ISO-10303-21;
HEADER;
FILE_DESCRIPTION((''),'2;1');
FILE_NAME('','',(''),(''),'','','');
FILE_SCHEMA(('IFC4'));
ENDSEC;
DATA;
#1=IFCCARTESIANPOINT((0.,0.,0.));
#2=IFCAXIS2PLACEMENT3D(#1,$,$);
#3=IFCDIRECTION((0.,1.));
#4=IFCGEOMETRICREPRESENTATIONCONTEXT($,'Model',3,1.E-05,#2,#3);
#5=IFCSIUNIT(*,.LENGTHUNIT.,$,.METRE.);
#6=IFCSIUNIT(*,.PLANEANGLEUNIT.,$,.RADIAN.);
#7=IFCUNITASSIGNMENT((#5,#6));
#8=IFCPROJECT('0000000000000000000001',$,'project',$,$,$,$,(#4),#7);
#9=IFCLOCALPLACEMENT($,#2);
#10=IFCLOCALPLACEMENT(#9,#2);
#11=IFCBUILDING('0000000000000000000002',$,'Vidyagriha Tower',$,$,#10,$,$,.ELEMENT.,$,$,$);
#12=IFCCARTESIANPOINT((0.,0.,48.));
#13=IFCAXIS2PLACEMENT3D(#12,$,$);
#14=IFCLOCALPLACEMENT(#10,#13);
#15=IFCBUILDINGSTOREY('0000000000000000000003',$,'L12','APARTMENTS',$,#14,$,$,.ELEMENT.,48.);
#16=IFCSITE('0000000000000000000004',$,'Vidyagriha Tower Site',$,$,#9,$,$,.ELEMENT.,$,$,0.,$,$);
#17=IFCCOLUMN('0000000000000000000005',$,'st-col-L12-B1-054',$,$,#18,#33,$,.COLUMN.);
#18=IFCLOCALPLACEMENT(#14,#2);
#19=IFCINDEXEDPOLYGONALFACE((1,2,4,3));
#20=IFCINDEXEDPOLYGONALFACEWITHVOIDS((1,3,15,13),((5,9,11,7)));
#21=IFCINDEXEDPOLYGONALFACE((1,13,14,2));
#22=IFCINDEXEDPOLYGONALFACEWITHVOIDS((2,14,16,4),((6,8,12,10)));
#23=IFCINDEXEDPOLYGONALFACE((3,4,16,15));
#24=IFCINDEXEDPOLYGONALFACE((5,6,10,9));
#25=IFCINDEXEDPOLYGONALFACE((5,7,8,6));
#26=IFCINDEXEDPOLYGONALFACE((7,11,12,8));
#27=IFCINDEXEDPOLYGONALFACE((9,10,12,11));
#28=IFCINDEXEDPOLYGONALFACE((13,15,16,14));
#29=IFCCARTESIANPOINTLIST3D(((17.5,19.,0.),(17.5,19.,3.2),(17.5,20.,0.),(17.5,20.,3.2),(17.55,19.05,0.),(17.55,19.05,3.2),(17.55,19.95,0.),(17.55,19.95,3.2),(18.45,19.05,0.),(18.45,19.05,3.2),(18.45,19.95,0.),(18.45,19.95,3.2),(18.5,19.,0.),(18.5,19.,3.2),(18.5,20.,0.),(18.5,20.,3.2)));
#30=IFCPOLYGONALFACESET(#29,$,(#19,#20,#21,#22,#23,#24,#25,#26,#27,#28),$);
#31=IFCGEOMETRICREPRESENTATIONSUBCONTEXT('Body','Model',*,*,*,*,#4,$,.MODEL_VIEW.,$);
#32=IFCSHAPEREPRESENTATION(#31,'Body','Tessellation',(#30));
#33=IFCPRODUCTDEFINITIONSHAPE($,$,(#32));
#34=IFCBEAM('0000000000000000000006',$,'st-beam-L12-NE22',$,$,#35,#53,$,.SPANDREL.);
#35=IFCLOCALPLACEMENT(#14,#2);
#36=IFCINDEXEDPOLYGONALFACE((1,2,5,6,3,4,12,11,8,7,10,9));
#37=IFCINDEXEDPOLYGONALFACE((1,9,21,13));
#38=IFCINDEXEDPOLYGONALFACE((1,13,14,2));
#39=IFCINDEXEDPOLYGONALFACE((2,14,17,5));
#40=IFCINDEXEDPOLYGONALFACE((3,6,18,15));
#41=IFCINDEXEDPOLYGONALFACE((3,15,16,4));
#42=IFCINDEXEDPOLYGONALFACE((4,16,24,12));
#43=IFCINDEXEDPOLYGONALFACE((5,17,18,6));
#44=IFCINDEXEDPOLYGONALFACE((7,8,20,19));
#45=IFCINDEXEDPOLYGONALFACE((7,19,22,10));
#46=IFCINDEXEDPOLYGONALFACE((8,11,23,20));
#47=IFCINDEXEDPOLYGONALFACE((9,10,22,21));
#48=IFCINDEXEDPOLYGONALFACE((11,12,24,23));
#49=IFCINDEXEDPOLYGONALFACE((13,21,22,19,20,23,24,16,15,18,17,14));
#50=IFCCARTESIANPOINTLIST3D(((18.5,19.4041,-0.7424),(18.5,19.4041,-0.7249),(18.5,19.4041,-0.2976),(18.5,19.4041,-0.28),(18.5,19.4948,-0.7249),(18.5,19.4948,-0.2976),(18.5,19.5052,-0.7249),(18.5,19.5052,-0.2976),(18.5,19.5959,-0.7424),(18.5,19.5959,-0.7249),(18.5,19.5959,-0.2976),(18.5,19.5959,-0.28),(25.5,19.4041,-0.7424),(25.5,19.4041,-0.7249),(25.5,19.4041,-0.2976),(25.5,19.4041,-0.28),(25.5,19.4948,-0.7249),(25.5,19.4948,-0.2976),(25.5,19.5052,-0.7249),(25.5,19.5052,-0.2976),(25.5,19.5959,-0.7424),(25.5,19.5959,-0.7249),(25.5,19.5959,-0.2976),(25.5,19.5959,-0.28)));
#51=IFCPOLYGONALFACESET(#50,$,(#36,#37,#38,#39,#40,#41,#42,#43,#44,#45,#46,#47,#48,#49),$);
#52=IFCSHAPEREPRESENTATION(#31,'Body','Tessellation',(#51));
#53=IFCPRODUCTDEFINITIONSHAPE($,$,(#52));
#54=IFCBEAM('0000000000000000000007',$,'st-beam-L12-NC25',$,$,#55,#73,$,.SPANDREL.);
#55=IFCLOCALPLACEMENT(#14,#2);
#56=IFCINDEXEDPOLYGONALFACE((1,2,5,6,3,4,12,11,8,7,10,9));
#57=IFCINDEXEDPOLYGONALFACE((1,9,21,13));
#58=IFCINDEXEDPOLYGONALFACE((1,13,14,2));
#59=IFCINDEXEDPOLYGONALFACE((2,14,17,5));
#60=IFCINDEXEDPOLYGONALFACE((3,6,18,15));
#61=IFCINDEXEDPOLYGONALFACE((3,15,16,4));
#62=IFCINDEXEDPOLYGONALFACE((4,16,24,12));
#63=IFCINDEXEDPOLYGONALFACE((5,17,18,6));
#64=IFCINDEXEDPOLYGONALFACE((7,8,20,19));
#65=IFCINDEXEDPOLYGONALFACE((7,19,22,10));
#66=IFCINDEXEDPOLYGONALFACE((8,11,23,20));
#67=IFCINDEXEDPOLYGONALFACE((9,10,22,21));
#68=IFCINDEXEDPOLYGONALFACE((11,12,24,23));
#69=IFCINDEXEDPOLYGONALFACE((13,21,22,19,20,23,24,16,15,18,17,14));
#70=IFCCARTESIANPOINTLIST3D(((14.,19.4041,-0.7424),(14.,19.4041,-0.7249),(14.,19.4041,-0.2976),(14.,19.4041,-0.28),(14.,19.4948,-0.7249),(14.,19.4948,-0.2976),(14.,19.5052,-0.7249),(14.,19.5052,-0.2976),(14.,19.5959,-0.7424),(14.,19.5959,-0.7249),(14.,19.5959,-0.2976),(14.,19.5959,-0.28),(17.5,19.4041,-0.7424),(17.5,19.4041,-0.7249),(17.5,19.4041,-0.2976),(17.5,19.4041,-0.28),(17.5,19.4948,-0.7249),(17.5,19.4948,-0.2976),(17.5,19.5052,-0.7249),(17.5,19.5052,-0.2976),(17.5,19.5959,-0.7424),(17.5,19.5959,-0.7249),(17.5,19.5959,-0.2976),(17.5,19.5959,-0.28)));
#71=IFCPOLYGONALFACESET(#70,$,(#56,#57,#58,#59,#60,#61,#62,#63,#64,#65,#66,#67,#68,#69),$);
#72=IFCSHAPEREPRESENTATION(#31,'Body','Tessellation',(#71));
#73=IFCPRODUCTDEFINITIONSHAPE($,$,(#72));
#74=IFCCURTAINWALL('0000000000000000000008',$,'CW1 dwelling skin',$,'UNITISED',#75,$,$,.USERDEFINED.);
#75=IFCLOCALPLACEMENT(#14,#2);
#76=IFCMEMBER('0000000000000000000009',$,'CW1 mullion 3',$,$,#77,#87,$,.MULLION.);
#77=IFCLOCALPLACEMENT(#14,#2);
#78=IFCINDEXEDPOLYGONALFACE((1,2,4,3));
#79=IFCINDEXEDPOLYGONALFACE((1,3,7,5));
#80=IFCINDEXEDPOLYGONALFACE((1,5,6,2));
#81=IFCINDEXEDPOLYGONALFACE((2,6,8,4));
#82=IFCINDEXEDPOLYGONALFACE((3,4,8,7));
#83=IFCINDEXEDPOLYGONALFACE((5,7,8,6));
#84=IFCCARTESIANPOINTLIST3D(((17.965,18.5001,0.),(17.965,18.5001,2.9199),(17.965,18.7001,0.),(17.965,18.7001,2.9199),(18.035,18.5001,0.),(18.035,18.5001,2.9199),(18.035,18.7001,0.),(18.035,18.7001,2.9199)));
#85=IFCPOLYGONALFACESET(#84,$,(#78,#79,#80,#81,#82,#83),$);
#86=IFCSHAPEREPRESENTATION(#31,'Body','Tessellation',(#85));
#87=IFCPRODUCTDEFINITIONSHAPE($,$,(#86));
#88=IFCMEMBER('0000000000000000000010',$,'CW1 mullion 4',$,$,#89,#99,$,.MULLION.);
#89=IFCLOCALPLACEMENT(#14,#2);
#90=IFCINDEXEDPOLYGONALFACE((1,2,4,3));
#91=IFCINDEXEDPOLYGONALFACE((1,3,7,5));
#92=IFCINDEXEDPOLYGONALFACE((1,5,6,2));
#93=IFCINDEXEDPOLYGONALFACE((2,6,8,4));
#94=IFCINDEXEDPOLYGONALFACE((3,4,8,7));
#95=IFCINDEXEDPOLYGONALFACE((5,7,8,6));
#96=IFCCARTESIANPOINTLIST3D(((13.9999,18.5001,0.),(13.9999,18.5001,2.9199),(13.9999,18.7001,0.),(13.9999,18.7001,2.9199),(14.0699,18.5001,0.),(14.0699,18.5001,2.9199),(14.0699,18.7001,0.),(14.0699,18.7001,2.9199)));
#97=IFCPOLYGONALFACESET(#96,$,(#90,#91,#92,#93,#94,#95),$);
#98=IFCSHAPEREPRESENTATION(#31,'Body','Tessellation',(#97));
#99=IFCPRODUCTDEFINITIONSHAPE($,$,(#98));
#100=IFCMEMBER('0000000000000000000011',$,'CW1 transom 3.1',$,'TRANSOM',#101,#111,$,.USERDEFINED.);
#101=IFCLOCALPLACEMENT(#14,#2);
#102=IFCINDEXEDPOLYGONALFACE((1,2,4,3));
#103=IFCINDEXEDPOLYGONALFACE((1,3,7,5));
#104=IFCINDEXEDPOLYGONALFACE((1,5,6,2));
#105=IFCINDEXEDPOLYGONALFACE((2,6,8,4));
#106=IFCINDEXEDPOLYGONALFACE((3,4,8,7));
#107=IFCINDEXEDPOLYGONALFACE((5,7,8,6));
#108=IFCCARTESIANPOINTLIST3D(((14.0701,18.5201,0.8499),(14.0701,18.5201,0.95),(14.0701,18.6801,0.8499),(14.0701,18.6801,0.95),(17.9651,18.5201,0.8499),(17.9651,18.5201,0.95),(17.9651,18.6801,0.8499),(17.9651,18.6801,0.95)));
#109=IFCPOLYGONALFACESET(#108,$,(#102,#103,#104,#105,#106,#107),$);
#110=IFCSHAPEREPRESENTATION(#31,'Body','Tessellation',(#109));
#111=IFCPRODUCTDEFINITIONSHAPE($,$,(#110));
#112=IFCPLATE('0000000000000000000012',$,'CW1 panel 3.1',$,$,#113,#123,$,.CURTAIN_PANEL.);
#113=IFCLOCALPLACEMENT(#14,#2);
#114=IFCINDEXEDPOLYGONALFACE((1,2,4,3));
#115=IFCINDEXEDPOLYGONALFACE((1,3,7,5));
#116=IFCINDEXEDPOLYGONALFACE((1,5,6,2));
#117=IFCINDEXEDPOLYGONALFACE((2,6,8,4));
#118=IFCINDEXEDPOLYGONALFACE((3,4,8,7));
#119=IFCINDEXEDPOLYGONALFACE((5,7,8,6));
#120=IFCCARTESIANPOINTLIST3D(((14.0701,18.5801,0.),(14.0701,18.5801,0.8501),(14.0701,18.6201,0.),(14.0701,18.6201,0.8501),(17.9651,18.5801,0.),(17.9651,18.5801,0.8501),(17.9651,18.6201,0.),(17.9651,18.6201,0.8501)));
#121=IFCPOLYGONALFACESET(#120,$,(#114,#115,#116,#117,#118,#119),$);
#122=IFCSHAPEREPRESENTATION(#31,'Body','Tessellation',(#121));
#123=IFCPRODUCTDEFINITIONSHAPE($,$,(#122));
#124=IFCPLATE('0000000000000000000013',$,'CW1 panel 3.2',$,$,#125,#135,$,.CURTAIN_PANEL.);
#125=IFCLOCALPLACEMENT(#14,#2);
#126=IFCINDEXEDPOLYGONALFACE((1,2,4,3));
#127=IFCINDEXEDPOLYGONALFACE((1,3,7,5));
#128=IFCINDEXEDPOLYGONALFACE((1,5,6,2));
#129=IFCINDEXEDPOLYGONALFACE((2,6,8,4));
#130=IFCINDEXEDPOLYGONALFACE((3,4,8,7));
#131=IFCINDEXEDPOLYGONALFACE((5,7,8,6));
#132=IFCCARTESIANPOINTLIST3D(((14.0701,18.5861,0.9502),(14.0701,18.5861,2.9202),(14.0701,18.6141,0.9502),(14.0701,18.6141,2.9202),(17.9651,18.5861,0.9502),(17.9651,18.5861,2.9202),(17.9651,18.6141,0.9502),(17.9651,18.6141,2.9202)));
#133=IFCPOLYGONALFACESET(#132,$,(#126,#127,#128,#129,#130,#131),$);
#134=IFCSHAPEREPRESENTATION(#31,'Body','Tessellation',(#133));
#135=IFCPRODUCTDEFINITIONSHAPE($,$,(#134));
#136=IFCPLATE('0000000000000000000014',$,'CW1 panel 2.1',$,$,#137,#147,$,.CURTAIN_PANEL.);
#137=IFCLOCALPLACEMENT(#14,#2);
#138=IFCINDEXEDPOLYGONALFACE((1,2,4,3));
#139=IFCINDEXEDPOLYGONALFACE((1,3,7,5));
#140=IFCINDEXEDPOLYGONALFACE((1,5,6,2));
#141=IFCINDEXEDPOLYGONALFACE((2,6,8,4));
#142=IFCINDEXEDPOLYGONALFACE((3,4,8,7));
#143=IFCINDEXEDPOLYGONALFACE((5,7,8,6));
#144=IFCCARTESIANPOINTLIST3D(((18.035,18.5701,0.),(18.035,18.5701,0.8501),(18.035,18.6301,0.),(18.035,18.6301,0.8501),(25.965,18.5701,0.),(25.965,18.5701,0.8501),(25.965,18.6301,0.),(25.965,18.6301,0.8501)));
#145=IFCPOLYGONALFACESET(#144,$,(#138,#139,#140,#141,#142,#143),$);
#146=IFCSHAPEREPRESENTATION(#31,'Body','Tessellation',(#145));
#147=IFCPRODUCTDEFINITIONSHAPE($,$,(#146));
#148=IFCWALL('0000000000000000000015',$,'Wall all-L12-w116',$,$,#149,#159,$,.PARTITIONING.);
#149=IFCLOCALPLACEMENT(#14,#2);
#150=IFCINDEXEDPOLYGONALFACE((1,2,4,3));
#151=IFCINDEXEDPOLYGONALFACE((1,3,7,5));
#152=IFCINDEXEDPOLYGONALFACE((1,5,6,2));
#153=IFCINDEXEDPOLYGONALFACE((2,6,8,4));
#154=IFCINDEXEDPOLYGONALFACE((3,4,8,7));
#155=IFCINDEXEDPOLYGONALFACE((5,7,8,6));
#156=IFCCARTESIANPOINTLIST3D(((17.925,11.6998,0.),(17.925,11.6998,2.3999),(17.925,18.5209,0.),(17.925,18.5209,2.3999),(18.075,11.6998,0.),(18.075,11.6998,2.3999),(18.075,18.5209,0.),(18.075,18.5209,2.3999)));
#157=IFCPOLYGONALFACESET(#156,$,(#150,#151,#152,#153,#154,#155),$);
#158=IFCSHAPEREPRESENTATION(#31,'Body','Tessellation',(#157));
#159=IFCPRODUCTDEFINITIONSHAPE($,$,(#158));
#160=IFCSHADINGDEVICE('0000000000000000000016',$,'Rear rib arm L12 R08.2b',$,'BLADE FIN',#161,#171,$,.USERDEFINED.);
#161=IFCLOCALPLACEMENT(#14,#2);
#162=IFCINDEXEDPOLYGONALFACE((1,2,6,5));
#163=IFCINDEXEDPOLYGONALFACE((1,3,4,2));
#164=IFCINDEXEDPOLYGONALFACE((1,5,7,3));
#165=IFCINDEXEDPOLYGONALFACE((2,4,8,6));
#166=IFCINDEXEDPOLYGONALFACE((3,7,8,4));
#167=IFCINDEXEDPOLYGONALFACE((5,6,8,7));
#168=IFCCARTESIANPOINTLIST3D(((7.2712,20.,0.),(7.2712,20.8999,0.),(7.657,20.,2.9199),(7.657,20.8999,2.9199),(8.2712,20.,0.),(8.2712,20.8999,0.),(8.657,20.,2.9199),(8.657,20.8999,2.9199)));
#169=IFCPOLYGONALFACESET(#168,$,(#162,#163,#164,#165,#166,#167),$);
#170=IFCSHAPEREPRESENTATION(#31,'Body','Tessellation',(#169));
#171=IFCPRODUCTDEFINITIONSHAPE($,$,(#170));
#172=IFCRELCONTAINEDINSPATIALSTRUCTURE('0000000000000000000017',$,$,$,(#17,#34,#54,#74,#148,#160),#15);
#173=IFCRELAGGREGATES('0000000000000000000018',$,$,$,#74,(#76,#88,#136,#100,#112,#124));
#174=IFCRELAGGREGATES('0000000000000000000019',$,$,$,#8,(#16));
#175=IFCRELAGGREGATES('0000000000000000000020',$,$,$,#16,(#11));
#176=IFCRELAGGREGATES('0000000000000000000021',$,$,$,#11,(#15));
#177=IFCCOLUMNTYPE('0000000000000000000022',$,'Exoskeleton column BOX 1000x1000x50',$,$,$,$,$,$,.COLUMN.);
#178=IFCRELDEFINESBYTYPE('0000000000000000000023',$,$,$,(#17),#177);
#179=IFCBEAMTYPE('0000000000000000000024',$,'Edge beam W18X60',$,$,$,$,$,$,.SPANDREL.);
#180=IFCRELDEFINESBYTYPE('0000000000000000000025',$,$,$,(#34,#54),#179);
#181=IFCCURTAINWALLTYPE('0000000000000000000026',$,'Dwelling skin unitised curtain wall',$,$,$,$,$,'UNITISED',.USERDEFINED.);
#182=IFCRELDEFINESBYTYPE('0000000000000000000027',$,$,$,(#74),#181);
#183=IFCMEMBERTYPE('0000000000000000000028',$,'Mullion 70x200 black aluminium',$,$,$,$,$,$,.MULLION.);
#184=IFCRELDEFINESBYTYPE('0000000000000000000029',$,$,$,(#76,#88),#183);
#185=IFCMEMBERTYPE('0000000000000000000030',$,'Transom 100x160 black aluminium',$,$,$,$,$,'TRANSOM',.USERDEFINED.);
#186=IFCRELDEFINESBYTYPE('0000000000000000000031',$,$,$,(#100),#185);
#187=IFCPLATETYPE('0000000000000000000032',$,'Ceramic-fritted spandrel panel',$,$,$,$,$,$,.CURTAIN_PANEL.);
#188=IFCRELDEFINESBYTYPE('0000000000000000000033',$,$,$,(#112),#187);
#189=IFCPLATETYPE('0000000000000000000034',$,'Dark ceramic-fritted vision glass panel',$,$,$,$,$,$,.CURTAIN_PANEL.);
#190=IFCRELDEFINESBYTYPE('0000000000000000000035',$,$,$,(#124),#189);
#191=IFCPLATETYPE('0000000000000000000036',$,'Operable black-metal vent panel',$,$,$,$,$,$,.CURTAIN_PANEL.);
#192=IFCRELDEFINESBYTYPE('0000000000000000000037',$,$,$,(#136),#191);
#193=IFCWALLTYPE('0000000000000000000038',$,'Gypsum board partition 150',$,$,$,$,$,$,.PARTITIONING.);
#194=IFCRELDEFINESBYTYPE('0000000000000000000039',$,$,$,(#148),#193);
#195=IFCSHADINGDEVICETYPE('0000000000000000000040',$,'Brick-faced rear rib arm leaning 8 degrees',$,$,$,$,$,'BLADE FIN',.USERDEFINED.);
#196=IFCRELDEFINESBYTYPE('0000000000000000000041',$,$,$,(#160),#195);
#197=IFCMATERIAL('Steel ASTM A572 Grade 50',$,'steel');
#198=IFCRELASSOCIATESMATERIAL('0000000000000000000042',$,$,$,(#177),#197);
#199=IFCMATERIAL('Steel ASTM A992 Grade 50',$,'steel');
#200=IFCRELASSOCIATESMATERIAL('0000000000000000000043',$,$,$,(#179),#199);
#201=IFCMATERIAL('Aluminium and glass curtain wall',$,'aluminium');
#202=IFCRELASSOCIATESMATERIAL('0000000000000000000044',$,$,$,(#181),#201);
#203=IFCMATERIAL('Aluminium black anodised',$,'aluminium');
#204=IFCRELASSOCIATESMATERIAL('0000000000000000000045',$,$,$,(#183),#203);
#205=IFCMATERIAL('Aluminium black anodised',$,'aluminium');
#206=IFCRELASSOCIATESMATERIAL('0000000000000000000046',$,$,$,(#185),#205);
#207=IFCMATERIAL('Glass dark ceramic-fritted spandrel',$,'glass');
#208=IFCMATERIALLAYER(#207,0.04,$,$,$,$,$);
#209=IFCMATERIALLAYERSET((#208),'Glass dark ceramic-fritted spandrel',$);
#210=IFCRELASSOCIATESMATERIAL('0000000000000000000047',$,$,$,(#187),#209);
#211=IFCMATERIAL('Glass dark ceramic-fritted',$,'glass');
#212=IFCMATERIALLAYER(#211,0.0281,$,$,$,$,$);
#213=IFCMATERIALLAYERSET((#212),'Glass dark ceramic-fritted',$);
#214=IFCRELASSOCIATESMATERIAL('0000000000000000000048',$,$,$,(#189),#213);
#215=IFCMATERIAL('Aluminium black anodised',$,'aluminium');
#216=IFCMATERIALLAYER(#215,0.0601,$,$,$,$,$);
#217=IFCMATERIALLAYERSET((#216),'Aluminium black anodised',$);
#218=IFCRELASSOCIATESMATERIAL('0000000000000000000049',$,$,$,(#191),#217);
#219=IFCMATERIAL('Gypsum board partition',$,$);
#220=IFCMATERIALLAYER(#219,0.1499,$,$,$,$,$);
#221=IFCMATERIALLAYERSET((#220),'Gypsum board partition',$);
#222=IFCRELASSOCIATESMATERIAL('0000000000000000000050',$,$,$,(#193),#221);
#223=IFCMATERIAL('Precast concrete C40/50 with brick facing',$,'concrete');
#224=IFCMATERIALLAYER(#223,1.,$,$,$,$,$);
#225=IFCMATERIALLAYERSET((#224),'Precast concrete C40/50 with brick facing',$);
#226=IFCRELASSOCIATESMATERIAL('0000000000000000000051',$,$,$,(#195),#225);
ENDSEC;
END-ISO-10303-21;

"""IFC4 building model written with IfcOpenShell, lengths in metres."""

from ifc_helpers import new_model, si_unit, direction, frame, frame_2d, origin, origin_2d, place, context, subcontext, project, spatial, polyline, rectangle, hollow_rectangle, i_section, outline, extrude, material, layer, layer_set, material_profile, profile_set, type_object, element, aggregate, save


model = new_model("IFC4")

# Units and contexts
model_context = context("Model", 3, precision=1e-05, world=origin(), true_north=direction((0.0, 1.0)))
body_context = subcontext(model_context, "Body", "Model", "MODEL_VIEW")
ifc_project = project(units=[si_unit("LENGTHUNIT", "METRE"), si_unit("PLANEANGLEUNIT", "RADIAN")], contexts=[model_context])

# Site, building, storey
site_placement = place(None, origin())
site = spatial("IfcSite", under=ifc_project, at=site_placement, Name="Vidyagriha Tower Site", CompositionType="ELEMENT", RefElevation=0.0)
building_placement = place(site_placement, origin())
building = spatial("IfcBuilding", under=site, at=building_placement, Name="Vidyagriha Tower", CompositionType="ELEMENT")
storey_placement = place(building_placement, frame((0.0, 0.0, 48.0)))
storey = spatial("IfcBuildingStorey", under=building, at=storey_placement, Name="L12", Description="APARTMENTS", CompositionType="ELEMENT", Elevation=48.0)

# Column
ifc_material_1 = material(Name="Steel ASTM A572 Grade 50", Category="steel")
ifc_material_profile_1 = material_profile(ifc_material_1, hollow_rectangle(XDim=1.0, YDim=1.0, WallThickness=0.05, at=origin_2d()), Name="BOX 1000x1000x50")
ifc_profile_set_1 = profile_set([ifc_material_profile_1], Name="Steel ASTM A572 Grade 50")
column_type = type_object("IfcColumnType", Name="Exoskeleton column BOX 1000x1000x50", PredefinedType="COLUMN", material=ifc_profile_set_1)
column_placement = place(storey_placement, frame((18.0, 19.5, 0.0)))
element("IfcColumn", 1, at=column_placement, inside=storey, type_object=column_type, Name="st-col-L12-B1-054", PredefinedType="COLUMN", context=body_context, shape_type="SweptSolid", body=[
    extrude(hollow_rectangle(XDim=1.0, YDim=1.0, WallThickness=0.05, at=origin_2d()), origin(), (0.0, 0.0, 1.0), 3.2),
])

# Beams
ifc_material_2 = material(Name="Steel ASTM A992 Grade 50", Category="steel")
ifc_material_profile_2 = material_profile(ifc_material_2, i_section(OverallWidth=0.1919, OverallDepth=0.4624, WebThickness=0.0105, FlangeThickness=0.0176, at=origin_2d()), Name="W18X60")
ifc_profile_set_2 = profile_set([ifc_material_profile_2], Name="Steel ASTM A992 Grade 50")
beam_type = type_object("IfcBeamType", Name="Edge beam W18X60", PredefinedType="SPANDREL", material=ifc_profile_set_2)
beam_1_placement = place(storey_placement, frame((18.5, 19.5, -0.5112), z_axis=(1.0, 0.0, 0.0), x_axis=(0.0, 1.0, 0.0)))
element("IfcBeam", 2, at=beam_1_placement, inside=storey, type_object=beam_type, Name="st-beam-L12-NE22", PredefinedType="SPANDREL", context=body_context, shape_type="SweptSolid", body=[
    extrude(i_section(OverallWidth=0.1919, OverallDepth=0.4624, WebThickness=0.0105, FlangeThickness=0.0176, at=origin_2d()), origin(), (0.0, 0.0, 1.0), 7.0),
])
beam_2_placement = place(storey_placement, frame((14.0, 19.5, -0.5112), z_axis=(1.0, 0.0, 0.0), x_axis=(0.0, 1.0, 0.0)))
element("IfcBeam", 3, at=beam_2_placement, inside=storey, type_object=beam_type, Name="st-beam-L12-NC25", PredefinedType="SPANDREL", context=body_context, shape_type="SweptSolid", body=[
    extrude(i_section(OverallWidth=0.1919, OverallDepth=0.4624, WebThickness=0.0105, FlangeThickness=0.0176, at=origin_2d()), origin(), (0.0, 0.0, 1.0), 3.5),
])

# Curtain wall, members, plates
ifc_material_3 = material(Name="Aluminium and glass curtain wall", Category="aluminium")
curtain_wall_type = type_object("IfcCurtainWallType", Name="Dwelling skin unitised curtain wall", ElementType="UNITISED", PredefinedType="USERDEFINED", material=ifc_material_3)
curtain_wall_placement = place(storey_placement, origin())
curtain_wall = element("IfcCurtainWall", 4, at=curtain_wall_placement, inside=storey, type_object=curtain_wall_type, Name="CW1 dwelling skin", ObjectType="UNITISED", PredefinedType="USERDEFINED")
ifc_material_4 = material(Name="Aluminium black anodised", Category="aluminium")
ifc_material_profile_3 = material_profile(ifc_material_4, rectangle(XDim=0.2, YDim=0.0701, at=origin_2d()), Name="Mullion 70x200 black aluminium")
ifc_profile_set_3 = profile_set([ifc_material_profile_3], Name="Aluminium black anodised")
member_type_1 = type_object("IfcMemberType", Name="Mullion 70x200 black aluminium", PredefinedType="MULLION", material=ifc_profile_set_3)
member_1_placement = place(storey_placement, frame((18.0, 18.6001, 0.0), z_axis=(0.0, 0.0, 1.0), x_axis=(0.0, -1.0, 0.0)))
member_1 = element("IfcMember", 5, at=member_1_placement, type_object=member_type_1, Name="CW1 mullion 3", PredefinedType="MULLION", context=body_context, shape_type="SweptSolid", body=[
    extrude(rectangle(XDim=0.2, YDim=0.0701, at=origin_2d()), origin(), (0.0, 0.0, 1.0), 2.9199),
])
member_2_placement = place(storey_placement, frame((14.0349, 18.6001, 0.0), z_axis=(0.0, 0.0, 1.0), x_axis=(0.0, -1.0, 0.0)))
member_2 = element("IfcMember", 6, at=member_2_placement, type_object=member_type_1, Name="CW1 mullion 4", PredefinedType="MULLION", context=body_context, shape_type="SweptSolid", body=[
    extrude(rectangle(XDim=0.2, YDim=0.0701, at=origin_2d()), origin(), (0.0, 0.0, 1.0), 2.9199),
])
ifc_material_5 = material(Name="Aluminium black anodised", Category="aluminium")
ifc_material_profile_4 = material_profile(ifc_material_5, rectangle(XDim=0.1599, YDim=0.1001, at=origin_2d()), Name="Transom 100x160 black aluminium")
ifc_profile_set_4 = profile_set([ifc_material_profile_4], Name="Aluminium black anodised")
member_type_2 = type_object("IfcMemberType", Name="Transom 100x160 black aluminium", ElementType="TRANSOM", PredefinedType="USERDEFINED", material=ifc_profile_set_4)
member_3_placement = place(storey_placement, frame((17.9651, 18.6001, 0.8999), z_axis=(-1.0, 0.0, 0.0), x_axis=(0.0, -1.0, 0.0)))
member_3 = element("IfcMember", 7, at=member_3_placement, type_object=member_type_2, Name="CW1 transom 3.1", ObjectType="TRANSOM", PredefinedType="USERDEFINED", context=body_context, shape_type="SweptSolid", body=[
    extrude(rectangle(XDim=0.1599, YDim=0.1001, at=origin_2d()), origin(), (0.0, 0.0, 1.0), 3.895),
])
ifc_material_6 = material(Name="Glass dark ceramic-fritted spandrel", Category="glass")
ifc_layer_1 = layer(ifc_material_6, 0.04)
ifc_layer_set_1 = layer_set([ifc_layer_1], Name="Glass dark ceramic-fritted spandrel")
plate_type_1 = type_object("IfcPlateType", Name="Ceramic-fritted spandrel panel", PredefinedType="CURTAIN_PANEL", material=ifc_layer_set_1)
plate_1_placement = place(storey_placement, frame((16.0176, 18.6001, 0.0), z_axis=(0.0, 0.0, 1.0), x_axis=(-1.0, 0.0, 0.0)))
plate_1 = element("IfcPlate", 8, at=plate_1_placement, type_object=plate_type_1, Name="CW1 panel 3.1", PredefinedType="CURTAIN_PANEL", context=body_context, shape_type="SweptSolid", body=[
    extrude(rectangle(XDim=3.895, YDim=0.04, at=origin_2d()), origin(), (0.0, 0.0, 1.0), 0.8501),
])
ifc_material_7 = material(Name="Glass dark ceramic-fritted", Category="glass")
ifc_layer_2 = layer(ifc_material_7, 0.0281)
ifc_layer_set_2 = layer_set([ifc_layer_2], Name="Glass dark ceramic-fritted")
plate_type_2 = type_object("IfcPlateType", Name="Dark ceramic-fritted vision glass panel", PredefinedType="CURTAIN_PANEL", material=ifc_layer_set_2)
plate_2_placement = place(storey_placement, frame((16.0176, 18.6001, 0.9502), z_axis=(0.0, 0.0, 1.0), x_axis=(-1.0, 0.0, 0.0)))
plate_2 = element("IfcPlate", 9, at=plate_2_placement, type_object=plate_type_2, Name="CW1 panel 3.2", PredefinedType="CURTAIN_PANEL", context=body_context, shape_type="SweptSolid", body=[
    extrude(rectangle(XDim=3.895, YDim=0.0281, at=origin_2d()), origin(), (0.0, 0.0, 1.0), 1.97),
])
ifc_material_8 = material(Name="Aluminium black anodised", Category="aluminium")
ifc_layer_3 = layer(ifc_material_8, 0.0601)
ifc_layer_set_3 = layer_set([ifc_layer_3], Name="Aluminium black anodised")
plate_type_3 = type_object("IfcPlateType", Name="Operable black-metal vent panel", PredefinedType="CURTAIN_PANEL", material=ifc_layer_set_3)
plate_3_placement = place(storey_placement, frame((22.0, 18.6001, 0.0), z_axis=(0.0, 0.0, 1.0), x_axis=(-1.0, 0.0, 0.0)))
plate_3 = element("IfcPlate", 10, at=plate_3_placement, type_object=plate_type_3, Name="CW1 panel 2.1", PredefinedType="CURTAIN_PANEL", context=body_context, shape_type="SweptSolid", body=[
    extrude(rectangle(XDim=7.9299, YDim=0.0601, at=origin_2d()), origin(), (0.0, 0.0, 1.0), 0.8501),
])
aggregate(curtain_wall, [member_1, member_2, plate_3, member_3, plate_1, plate_2])

# Wall
ifc_material_9 = material(Name="Gypsum board partition")
ifc_layer_4 = layer(ifc_material_9, 0.1499)
ifc_layer_set_4 = layer_set([ifc_layer_4], Name="Gypsum board partition")
wall_type = type_object("IfcWallType", Name="Gypsum board partition 150", PredefinedType="PARTITIONING", material=ifc_layer_set_4)
wall_placement = place(storey_placement, frame((18.0, 18.521, 0.0), z_axis=(0.0, 0.0, 1.0), x_axis=(0.0, -1.0, 0.0)))
element("IfcWall", 11, at=wall_placement, inside=storey, type_object=wall_type, Name="Wall all-L12-w116", PredefinedType="PARTITIONING", context=body_context, shape_type="SweptSolid", body=[
    extrude(rectangle(XDim=6.821, YDim=0.1499, at=frame_2d((3.4106, 0.0))), origin(), (0.0, 0.0, 1.0), 2.3999),
])

# Shading device
ifc_material_10 = material(Name="Precast concrete C40/50 with brick facing", Category="concrete")
ifc_layer_5 = layer(ifc_material_10, 1.0)
ifc_layer_set_5 = layer_set([ifc_layer_5], Name="Precast concrete C40/50 with brick facing")
shading_device_type_1 = type_object("IfcShadingDeviceType", Name="Brick-faced rear rib arm leaning 8 degrees", ElementType="BLADE FIN", PredefinedType="USERDEFINED", material=ifc_layer_set_5)
shading_device_1_placement = place(storey_placement, frame((8.657, 20.45, 0.0), z_axis=(0.0, 0.0, 1.0), x_axis=(-1.0, 0.0, 0.0)))
element("IfcShadingDevice", 12, at=shading_device_1_placement, inside=storey, type_object=shading_device_type_1, Name="Rear rib arm L12 R08.2b", ObjectType="BLADE FIN", PredefinedType="USERDEFINED", context=body_context, shape_type="SweptSolid", body=[
    extrude(outline(polyline([(0.3857, 0.0), (1.3857, 0.0), (1.0, 2.9199), (0.0, 2.9199), (0.3857, 0.0)])), frame((0.0, 0.45, 0.0), z_axis=(0.0, -1.0, 0.0), x_axis=(1.0, 0.0, 0.0)), (0.0, 0.0, 1.0), 0.8999),
])

save(model, "model.ifc")
